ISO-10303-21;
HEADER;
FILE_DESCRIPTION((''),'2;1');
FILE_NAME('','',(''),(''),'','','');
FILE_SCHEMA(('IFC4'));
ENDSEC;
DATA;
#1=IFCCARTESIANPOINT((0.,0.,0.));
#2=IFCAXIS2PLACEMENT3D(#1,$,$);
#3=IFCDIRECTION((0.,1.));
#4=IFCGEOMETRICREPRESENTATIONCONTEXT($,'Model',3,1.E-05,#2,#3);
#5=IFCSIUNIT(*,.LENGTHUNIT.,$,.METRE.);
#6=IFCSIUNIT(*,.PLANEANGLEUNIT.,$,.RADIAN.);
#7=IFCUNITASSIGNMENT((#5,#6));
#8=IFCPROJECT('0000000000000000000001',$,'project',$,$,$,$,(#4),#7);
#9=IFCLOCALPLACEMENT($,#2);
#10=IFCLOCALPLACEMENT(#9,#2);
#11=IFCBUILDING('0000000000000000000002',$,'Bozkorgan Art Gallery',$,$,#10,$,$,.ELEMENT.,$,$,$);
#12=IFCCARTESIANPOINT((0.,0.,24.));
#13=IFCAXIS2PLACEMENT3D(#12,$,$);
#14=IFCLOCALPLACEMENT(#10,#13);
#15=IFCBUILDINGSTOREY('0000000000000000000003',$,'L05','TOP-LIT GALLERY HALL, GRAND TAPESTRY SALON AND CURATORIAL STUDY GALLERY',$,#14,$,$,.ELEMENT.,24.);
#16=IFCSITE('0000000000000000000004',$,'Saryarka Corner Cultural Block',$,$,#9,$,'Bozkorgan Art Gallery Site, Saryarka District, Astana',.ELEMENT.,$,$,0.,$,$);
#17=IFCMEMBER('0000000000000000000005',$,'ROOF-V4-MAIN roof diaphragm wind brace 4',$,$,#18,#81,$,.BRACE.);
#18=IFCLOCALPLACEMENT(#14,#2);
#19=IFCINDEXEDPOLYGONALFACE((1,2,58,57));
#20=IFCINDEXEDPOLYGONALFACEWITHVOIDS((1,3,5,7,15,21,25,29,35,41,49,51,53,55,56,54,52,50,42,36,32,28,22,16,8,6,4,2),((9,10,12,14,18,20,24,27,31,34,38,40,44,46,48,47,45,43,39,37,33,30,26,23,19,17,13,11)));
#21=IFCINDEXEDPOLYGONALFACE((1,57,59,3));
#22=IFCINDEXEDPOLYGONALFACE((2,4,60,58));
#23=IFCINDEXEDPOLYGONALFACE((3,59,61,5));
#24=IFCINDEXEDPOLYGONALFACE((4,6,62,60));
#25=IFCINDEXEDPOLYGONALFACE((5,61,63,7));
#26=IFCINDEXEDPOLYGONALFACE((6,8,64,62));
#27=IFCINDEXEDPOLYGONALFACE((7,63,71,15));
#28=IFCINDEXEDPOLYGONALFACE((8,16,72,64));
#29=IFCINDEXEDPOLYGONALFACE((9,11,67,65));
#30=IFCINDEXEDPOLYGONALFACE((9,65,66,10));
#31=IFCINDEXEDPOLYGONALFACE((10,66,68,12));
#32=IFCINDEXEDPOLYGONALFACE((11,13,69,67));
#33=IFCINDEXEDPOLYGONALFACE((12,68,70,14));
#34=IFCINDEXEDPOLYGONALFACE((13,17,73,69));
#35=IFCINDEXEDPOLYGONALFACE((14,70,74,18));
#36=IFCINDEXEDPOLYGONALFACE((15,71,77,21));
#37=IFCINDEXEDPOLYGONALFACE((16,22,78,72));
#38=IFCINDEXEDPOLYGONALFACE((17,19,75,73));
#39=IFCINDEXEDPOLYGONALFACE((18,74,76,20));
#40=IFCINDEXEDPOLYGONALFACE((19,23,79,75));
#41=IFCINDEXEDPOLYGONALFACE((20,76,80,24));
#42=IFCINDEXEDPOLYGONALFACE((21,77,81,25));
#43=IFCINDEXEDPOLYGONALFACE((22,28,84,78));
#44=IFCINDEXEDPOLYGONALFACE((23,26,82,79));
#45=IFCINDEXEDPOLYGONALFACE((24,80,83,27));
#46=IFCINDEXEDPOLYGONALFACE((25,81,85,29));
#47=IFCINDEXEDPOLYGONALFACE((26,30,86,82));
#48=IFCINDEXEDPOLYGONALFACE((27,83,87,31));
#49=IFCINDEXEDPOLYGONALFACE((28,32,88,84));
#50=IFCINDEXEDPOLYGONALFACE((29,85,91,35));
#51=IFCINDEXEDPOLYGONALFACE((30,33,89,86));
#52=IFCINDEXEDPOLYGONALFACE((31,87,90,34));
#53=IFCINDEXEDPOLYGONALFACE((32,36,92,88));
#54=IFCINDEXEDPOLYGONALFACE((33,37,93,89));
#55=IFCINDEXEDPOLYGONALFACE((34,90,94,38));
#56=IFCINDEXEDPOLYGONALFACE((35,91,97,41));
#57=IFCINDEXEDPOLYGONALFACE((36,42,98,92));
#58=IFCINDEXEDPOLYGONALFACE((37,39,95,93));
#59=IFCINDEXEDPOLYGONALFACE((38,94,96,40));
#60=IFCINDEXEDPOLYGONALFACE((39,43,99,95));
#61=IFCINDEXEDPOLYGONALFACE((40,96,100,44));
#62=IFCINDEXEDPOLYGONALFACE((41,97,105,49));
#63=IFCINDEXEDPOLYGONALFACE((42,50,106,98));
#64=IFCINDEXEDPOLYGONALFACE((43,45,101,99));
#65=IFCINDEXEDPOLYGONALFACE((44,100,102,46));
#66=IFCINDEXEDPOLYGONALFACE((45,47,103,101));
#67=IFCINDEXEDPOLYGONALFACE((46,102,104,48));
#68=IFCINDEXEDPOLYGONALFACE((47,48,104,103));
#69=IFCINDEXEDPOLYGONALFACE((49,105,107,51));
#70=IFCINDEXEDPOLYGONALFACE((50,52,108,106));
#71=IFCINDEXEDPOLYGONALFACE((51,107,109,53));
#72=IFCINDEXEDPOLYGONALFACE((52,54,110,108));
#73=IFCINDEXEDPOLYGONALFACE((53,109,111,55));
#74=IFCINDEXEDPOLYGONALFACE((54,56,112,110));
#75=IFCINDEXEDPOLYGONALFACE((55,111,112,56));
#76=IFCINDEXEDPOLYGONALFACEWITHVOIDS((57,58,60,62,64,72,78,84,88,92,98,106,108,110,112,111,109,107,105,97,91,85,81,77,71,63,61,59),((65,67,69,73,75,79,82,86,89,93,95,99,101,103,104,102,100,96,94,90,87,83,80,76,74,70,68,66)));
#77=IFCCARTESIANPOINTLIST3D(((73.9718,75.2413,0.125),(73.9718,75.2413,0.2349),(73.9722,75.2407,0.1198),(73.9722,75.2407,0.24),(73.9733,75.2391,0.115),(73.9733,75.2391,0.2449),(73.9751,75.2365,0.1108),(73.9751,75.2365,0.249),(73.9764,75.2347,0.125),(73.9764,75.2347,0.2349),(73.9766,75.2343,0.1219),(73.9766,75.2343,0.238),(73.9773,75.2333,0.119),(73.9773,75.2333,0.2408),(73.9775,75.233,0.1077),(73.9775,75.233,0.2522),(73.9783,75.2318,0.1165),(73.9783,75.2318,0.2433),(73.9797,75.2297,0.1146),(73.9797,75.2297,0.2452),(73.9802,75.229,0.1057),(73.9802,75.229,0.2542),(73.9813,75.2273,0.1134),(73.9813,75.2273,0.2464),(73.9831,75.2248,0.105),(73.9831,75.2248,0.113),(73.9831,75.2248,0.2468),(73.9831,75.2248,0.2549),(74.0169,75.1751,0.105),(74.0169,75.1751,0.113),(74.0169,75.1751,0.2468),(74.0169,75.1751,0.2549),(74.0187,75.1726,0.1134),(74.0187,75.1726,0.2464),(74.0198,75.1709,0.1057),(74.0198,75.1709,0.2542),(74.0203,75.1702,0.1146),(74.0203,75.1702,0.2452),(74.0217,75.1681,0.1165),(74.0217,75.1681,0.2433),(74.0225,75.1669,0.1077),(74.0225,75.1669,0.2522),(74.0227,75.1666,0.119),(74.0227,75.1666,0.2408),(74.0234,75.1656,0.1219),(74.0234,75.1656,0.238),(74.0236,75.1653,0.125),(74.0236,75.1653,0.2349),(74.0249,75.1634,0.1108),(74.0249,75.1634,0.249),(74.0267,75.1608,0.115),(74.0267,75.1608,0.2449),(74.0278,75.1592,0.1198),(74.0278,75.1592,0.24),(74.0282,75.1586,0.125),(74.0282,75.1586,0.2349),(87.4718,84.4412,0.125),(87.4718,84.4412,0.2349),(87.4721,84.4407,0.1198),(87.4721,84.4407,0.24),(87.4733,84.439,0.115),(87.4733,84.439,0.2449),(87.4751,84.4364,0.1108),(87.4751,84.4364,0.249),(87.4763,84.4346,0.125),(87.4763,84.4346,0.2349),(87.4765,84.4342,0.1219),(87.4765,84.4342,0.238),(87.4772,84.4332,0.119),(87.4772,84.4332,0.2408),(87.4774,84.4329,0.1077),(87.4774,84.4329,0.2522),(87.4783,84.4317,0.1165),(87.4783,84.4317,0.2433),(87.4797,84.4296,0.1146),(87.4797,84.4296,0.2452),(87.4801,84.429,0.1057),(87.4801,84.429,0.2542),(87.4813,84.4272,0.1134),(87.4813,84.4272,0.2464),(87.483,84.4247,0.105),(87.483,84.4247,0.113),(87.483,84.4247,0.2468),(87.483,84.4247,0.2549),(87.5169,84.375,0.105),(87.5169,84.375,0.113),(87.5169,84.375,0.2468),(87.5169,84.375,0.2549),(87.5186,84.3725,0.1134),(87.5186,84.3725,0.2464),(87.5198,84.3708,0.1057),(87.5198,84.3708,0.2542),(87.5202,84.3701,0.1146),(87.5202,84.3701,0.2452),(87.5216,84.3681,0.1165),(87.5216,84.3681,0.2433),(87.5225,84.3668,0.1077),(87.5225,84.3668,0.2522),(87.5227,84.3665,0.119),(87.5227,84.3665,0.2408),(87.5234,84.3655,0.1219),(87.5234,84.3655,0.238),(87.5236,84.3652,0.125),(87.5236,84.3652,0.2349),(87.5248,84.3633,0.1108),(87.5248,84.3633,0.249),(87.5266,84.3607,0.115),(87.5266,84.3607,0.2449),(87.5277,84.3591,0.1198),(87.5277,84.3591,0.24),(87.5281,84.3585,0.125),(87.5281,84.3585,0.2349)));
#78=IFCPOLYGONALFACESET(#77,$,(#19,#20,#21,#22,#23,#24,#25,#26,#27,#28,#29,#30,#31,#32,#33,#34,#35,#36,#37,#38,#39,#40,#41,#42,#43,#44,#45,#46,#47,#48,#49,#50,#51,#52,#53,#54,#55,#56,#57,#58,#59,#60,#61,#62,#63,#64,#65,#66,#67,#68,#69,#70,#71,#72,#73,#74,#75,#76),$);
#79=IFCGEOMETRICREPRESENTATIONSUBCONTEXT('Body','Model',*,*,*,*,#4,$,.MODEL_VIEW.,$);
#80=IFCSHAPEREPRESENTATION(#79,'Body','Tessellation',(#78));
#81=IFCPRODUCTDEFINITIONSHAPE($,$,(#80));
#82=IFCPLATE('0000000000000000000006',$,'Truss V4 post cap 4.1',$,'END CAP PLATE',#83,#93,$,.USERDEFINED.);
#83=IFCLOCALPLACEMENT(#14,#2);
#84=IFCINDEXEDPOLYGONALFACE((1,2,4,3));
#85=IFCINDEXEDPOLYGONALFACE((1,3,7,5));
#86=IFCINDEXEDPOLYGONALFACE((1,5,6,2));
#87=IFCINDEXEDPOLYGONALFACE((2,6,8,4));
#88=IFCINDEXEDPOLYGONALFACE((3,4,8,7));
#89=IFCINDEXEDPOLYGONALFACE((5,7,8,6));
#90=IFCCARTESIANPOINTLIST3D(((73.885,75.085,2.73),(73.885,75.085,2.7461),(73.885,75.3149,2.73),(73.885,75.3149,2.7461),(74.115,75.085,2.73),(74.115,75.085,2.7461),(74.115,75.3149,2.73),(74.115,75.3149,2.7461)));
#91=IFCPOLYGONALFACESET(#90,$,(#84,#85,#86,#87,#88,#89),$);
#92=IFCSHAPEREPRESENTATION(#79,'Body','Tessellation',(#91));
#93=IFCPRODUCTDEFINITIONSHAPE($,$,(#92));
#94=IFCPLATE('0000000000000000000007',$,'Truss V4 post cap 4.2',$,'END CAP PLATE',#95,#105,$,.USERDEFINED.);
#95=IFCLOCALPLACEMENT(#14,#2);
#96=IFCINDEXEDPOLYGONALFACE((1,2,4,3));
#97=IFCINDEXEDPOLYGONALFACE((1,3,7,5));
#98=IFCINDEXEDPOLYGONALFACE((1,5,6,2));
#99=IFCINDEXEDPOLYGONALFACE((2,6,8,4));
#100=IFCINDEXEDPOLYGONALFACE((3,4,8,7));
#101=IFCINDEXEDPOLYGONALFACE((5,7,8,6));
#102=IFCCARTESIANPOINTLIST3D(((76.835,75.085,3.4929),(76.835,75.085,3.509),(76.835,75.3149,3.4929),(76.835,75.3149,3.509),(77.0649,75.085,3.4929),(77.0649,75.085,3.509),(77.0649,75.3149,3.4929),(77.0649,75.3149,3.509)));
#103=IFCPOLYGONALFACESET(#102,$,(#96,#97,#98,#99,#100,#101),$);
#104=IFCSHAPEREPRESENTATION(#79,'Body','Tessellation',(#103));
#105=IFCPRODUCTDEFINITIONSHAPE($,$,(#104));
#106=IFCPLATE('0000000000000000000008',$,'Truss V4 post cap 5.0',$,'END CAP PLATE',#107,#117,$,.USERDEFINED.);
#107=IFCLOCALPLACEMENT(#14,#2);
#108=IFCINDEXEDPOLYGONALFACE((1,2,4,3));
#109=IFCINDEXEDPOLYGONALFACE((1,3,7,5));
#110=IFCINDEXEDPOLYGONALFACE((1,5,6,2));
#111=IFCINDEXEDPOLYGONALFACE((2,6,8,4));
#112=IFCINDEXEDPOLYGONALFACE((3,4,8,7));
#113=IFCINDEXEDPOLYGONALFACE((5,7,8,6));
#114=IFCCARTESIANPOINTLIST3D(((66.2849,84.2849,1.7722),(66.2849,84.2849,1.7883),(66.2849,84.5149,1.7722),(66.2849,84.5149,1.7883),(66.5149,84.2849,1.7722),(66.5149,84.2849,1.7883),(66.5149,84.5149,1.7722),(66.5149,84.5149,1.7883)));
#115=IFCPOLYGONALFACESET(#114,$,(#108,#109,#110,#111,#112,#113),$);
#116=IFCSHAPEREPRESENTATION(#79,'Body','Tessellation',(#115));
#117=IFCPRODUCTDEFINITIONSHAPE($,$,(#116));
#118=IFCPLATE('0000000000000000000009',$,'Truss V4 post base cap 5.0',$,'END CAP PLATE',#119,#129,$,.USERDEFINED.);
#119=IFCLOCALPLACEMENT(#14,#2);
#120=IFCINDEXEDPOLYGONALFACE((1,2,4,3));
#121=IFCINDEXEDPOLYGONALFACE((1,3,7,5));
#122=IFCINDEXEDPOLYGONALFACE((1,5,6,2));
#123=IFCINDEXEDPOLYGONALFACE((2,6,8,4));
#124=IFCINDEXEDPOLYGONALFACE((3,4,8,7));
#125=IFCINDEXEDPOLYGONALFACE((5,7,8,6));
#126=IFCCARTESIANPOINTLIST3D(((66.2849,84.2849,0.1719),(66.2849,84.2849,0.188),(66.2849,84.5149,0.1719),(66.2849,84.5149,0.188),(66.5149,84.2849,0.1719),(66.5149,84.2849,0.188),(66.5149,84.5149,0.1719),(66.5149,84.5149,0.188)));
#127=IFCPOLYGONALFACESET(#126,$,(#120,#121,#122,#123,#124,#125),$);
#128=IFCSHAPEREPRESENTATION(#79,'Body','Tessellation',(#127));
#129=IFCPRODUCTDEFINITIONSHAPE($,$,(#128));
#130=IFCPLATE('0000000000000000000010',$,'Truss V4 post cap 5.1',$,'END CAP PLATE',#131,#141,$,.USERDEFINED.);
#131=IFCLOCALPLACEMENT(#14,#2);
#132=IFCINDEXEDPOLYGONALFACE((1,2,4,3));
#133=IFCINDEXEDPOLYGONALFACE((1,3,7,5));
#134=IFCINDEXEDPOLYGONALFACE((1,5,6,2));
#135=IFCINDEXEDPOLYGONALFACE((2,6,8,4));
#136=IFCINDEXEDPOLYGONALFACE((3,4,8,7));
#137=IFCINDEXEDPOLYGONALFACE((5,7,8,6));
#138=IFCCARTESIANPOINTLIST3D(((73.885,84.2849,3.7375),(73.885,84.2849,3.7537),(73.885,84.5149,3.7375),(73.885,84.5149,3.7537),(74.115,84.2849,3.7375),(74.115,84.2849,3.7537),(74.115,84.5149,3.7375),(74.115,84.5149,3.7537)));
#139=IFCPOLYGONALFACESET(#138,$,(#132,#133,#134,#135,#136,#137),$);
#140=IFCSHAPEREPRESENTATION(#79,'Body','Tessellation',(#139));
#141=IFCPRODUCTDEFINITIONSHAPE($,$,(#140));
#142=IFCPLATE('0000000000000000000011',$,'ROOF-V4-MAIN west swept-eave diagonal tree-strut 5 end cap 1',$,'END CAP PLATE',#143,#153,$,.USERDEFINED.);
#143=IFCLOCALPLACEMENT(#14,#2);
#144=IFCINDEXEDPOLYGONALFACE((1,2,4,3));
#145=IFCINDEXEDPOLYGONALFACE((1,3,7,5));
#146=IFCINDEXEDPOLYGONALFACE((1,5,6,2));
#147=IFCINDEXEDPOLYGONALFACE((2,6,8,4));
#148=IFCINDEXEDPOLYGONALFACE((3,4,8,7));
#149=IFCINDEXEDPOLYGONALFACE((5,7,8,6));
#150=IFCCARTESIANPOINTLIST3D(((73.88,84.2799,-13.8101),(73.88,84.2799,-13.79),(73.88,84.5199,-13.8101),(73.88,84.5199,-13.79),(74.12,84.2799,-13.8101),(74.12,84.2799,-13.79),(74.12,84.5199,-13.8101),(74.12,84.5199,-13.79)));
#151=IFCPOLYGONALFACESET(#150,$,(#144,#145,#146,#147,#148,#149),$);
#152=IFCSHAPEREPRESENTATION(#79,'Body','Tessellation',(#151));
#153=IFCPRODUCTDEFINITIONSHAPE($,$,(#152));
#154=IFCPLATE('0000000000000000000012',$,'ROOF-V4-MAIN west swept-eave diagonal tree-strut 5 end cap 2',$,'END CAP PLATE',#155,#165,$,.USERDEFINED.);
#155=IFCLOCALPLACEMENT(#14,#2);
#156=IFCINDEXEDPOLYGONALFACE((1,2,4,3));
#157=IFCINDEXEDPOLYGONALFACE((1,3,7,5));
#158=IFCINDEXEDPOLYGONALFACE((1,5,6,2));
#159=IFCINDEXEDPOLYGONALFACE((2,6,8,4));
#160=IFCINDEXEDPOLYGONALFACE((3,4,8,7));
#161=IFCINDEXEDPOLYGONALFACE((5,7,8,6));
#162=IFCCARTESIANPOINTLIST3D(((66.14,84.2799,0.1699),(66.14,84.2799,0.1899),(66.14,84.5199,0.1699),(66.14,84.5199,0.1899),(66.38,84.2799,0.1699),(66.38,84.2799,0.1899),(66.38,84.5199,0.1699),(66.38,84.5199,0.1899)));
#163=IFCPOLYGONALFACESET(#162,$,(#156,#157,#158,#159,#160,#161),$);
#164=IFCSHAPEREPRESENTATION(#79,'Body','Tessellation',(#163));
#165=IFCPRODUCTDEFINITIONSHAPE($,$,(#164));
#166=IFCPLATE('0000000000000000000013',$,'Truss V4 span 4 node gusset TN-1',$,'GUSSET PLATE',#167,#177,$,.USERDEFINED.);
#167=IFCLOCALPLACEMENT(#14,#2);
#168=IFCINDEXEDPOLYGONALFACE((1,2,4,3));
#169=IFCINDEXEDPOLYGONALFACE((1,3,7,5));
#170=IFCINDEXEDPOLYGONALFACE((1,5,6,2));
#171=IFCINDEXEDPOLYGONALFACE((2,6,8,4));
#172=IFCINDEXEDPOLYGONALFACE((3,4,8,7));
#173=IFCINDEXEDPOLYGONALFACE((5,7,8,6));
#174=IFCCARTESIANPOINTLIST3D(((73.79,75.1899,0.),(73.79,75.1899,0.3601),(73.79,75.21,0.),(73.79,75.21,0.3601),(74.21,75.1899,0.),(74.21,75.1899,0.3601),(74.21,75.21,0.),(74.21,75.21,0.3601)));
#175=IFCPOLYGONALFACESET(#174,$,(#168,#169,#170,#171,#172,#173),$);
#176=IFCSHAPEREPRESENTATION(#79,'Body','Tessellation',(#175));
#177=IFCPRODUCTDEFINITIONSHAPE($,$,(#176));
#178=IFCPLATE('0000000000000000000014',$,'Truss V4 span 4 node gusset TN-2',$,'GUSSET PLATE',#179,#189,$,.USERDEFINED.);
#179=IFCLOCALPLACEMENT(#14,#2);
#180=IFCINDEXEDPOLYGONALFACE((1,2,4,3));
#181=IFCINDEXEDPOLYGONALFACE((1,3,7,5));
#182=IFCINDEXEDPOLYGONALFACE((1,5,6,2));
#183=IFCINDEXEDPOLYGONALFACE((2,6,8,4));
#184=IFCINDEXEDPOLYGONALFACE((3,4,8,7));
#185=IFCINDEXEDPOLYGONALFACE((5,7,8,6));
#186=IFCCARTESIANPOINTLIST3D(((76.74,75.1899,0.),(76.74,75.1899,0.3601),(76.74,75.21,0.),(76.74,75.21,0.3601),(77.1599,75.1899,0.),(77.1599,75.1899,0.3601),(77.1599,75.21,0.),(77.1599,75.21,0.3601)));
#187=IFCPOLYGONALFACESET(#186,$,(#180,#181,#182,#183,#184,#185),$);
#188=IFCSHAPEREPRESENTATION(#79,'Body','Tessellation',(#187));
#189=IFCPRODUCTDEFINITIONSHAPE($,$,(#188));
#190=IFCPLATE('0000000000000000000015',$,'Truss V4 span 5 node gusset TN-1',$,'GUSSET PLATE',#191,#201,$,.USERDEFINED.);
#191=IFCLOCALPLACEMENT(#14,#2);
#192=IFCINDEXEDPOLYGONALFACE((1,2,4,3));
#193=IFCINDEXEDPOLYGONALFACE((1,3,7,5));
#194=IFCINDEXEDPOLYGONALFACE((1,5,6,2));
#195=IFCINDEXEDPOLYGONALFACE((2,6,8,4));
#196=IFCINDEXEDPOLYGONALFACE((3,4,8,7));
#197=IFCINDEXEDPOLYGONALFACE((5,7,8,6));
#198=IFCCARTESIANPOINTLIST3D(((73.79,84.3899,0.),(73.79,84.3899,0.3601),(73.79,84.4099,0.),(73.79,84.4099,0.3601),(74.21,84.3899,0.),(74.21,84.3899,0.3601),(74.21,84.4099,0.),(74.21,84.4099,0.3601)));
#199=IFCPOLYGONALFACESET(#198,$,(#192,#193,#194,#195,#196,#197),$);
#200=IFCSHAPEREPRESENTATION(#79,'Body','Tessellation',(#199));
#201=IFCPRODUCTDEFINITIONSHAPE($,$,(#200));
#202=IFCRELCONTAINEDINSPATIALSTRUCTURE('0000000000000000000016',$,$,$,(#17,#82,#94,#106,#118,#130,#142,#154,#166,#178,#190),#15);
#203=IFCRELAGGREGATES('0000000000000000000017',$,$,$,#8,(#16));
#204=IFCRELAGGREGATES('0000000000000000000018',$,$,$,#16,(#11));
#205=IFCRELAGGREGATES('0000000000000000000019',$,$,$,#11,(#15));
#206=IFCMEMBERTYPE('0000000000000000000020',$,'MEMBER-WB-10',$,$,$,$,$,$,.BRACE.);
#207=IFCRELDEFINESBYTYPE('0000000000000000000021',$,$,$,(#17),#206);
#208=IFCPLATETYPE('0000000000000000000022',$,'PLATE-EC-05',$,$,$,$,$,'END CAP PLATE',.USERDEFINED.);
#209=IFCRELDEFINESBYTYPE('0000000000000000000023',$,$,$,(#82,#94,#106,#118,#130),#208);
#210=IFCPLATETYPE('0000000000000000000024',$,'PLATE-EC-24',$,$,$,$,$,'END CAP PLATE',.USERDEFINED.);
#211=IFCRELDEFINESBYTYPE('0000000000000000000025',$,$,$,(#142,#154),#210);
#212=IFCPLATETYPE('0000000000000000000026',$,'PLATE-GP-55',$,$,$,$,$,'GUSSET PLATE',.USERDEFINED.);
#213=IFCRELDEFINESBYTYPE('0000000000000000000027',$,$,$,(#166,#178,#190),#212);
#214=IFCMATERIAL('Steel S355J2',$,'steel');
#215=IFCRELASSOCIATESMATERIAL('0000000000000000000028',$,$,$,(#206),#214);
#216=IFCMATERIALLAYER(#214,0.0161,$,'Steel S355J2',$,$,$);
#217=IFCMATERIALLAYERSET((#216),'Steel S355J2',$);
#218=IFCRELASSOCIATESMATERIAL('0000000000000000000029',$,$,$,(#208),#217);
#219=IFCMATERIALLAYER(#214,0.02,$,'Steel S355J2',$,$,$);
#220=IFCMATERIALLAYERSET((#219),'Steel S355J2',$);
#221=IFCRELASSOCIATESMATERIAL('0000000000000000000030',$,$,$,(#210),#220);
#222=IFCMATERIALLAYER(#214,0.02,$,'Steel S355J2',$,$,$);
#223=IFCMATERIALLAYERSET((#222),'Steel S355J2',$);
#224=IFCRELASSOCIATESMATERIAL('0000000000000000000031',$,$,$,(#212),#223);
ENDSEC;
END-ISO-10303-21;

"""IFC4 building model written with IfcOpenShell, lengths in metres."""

from ifc_helpers import new_model, si_unit, direction, frame, origin, origin_2d, place, context, subcontext, project, spatial, rectangle, hollow_rectangle, extrude, material, layer, layer_set, material_profile, profile_set, type_object, element, save


model = new_model("IFC4")

# Units and contexts
model_context = context("Model", 3, precision=1e-05, world=origin(), true_north=direction((0.0, 1.0)))
body_context = subcontext(model_context, "Body", "Model", "MODEL_VIEW")
ifc_project = project(units=[si_unit("LENGTHUNIT", "METRE"), si_unit("PLANEANGLEUNIT", "RADIAN")], contexts=[model_context])

# Site, building, storey
site_placement = place(None, origin())
site = spatial("IfcSite", under=ifc_project, at=site_placement, Name="Saryarka Corner Cultural Block", LongName="Bozkorgan Art Gallery Site, Saryarka District, Astana", CompositionType="ELEMENT", RefElevation=0.0)
building_placement = place(site_placement, origin())
building = spatial("IfcBuilding", under=site, at=building_placement, Name="Bozkorgan Art Gallery", CompositionType="ELEMENT")
storey_placement = place(building_placement, frame((0.0, 0.0, 24.0)))
storey = spatial("IfcBuildingStorey", under=building, at=storey_placement, Name="L05", Description="TOP-LIT GALLERY HALL, GRAND TAPESTRY SALON AND CURATORIAL STUDY GALLERY", CompositionType="ELEMENT", Elevation=24.0)

# Shared definitions
ifc_material = material(Name="Steel S355J2", Category="steel")

# Member
ifc_material_profile_1 = material_profile(ifc_material, hollow_rectangle(XDim=0.1001, YDim=0.1499, WallThickness=0.0081, InnerFilletRadius=0.012, OuterFilletRadius=0.02, at=origin_2d()), Name="RHS 150x100x8")
ifc_profile_set_1 = profile_set([ifc_material_profile_1], Name="Steel S355J2")
member_type_1 = type_object("IfcMemberType", Name="MEMBER-WB-10", PredefinedType="BRACE", material=ifc_profile_set_1)
member_1_placement = place(storey_placement, frame((74.0, 75.2, 0.1799), z_axis=(0.826358, 0.563145, 0.0), x_axis=(-0.563145, 0.826358, 0.0)))
element("IfcMember", 1, at=member_1_placement, inside=storey, type_object=member_type_1, Name="ROOF-V4-MAIN roof diaphragm wind brace 4", PredefinedType="BRACE", context=body_context, shape_type="SweptSolid", body=[
    extrude(hollow_rectangle(XDim=0.1001, YDim=0.1499, WallThickness=0.0081, InnerFilletRadius=0.012, OuterFilletRadius=0.02, at=origin_2d()), origin(), (0.0, 0.0, 1.0), 16.3367),
])

# Plates
ifc_layer_1 = layer(ifc_material, 0.0161, Name="Steel S355J2")
ifc_layer_set_1 = layer_set([ifc_layer_1], Name="Steel S355J2")
plate_type_1 = type_object("IfcPlateType", Name="PLATE-EC-05", ElementType="END CAP PLATE", PredefinedType="USERDEFINED", material=ifc_layer_set_1)
for number, where, z_axis, x_axis, name in (
    (2, (74.0, 75.2, 2.73), (0.0, 0.0, 1.0), (1.0, 0.0, 0.0), "Truss V4 post cap 4.1"),
    (3, (76.95, 75.2, 3.4929), (0.0, 0.0, 1.0), (1.0, 0.0, 0.0), "Truss V4 post cap 4.2"),
    (4, (66.3999, 84.3999, 1.7722), (0.0, 0.0, 1.0), (1.0, 0.0, 0.0), "Truss V4 post cap 5.0"),
    (5, (66.3999, 84.3999, 0.1719), (0.0, 0.0, 1.0), (1.0, 0.0, 0.0), "Truss V4 post base cap 5.0"),
    (6, (74.0, 84.3999, 3.7375), (0.0, 0.0, 1.0), (1.0, 0.0, 0.0), "Truss V4 post cap 5.1"),
):
    element("IfcPlate", number, at=place(storey_placement, frame(where, z_axis=z_axis, x_axis=x_axis)), inside=storey, type_object=plate_type_1, Name=name, ObjectType="END CAP PLATE", PredefinedType="USERDEFINED", context=body_context, shape_type="SweptSolid", body=[
        extrude(rectangle(XDim=0.23, YDim=0.23, at=origin_2d()), origin(), (0.0, 0.0, 1.0), 0.0161),
    ])
ifc_layer_2 = layer(ifc_material, 0.02, Name="Steel S355J2")
ifc_layer_set_2 = layer_set([ifc_layer_2], Name="Steel S355J2")
plate_type_2 = type_object("IfcPlateType", Name="PLATE-EC-24", ElementType="END CAP PLATE", PredefinedType="USERDEFINED", material=ifc_layer_set_2)
for number, where, z_axis, x_axis, name in (
    (7, (74.0, 84.3999, -13.8101), (0.0, 0.0, 1.0), (1.0, 0.0, 0.0), "ROOF-V4-MAIN west swept-eave diagonal tree-strut 5 end cap 1"),
    (8, (66.26, 84.3999, 0.1699), (0.0, 0.0, 1.0), (1.0, 0.0, 0.0), "ROOF-V4-MAIN west swept-eave diagonal tree-strut 5 end cap 2"),
):
    element("IfcPlate", number, at=place(storey_placement, frame(where, z_axis=z_axis, x_axis=x_axis)), inside=storey, type_object=plate_type_2, Name=name, ObjectType="END CAP PLATE", PredefinedType="USERDEFINED", context=body_context, shape_type="SweptSolid", body=[
        extrude(rectangle(XDim=0.24, YDim=0.24, at=origin_2d()), origin(), (0.0, 0.0, 1.0), 0.02),
    ])
ifc_layer_3 = layer(ifc_material, 0.02, Name="Steel S355J2")
ifc_layer_set_3 = layer_set([ifc_layer_3], Name="Steel S355J2")
plate_type_3 = type_object("IfcPlateType", Name="PLATE-GP-55", ElementType="GUSSET PLATE", PredefinedType="USERDEFINED", material=ifc_layer_set_3)
for number, where, z_axis, x_axis, name in (
    (9, (74.0, 75.2, 0.0), (0.0, 0.0, 1.0), (1.0, 0.0, 0.0), "Truss V4 span 4 node gusset TN-1"),
    (10, (76.95, 75.2, 0.0), (0.0, 0.0, 1.0), (1.0, 0.0, 0.0), "Truss V4 span 4 node gusset TN-2"),
    (11, (74.0, 84.3999, 0.0), (0.0, 0.0, 1.0), (1.0, 0.0, 0.0), "Truss V4 span 5 node gusset TN-1"),
):
    element("IfcPlate", number, at=place(storey_placement, frame(where, z_axis=z_axis, x_axis=x_axis)), inside=storey, type_object=plate_type_3, Name=name, ObjectType="GUSSET PLATE", PredefinedType="USERDEFINED", context=body_context, shape_type="SweptSolid", body=[
        extrude(rectangle(XDim=0.4199, YDim=0.02, at=origin_2d()), origin(), (0.0, 0.0, 1.0), 0.3601),
    ])

save(model, "model.ifc")
